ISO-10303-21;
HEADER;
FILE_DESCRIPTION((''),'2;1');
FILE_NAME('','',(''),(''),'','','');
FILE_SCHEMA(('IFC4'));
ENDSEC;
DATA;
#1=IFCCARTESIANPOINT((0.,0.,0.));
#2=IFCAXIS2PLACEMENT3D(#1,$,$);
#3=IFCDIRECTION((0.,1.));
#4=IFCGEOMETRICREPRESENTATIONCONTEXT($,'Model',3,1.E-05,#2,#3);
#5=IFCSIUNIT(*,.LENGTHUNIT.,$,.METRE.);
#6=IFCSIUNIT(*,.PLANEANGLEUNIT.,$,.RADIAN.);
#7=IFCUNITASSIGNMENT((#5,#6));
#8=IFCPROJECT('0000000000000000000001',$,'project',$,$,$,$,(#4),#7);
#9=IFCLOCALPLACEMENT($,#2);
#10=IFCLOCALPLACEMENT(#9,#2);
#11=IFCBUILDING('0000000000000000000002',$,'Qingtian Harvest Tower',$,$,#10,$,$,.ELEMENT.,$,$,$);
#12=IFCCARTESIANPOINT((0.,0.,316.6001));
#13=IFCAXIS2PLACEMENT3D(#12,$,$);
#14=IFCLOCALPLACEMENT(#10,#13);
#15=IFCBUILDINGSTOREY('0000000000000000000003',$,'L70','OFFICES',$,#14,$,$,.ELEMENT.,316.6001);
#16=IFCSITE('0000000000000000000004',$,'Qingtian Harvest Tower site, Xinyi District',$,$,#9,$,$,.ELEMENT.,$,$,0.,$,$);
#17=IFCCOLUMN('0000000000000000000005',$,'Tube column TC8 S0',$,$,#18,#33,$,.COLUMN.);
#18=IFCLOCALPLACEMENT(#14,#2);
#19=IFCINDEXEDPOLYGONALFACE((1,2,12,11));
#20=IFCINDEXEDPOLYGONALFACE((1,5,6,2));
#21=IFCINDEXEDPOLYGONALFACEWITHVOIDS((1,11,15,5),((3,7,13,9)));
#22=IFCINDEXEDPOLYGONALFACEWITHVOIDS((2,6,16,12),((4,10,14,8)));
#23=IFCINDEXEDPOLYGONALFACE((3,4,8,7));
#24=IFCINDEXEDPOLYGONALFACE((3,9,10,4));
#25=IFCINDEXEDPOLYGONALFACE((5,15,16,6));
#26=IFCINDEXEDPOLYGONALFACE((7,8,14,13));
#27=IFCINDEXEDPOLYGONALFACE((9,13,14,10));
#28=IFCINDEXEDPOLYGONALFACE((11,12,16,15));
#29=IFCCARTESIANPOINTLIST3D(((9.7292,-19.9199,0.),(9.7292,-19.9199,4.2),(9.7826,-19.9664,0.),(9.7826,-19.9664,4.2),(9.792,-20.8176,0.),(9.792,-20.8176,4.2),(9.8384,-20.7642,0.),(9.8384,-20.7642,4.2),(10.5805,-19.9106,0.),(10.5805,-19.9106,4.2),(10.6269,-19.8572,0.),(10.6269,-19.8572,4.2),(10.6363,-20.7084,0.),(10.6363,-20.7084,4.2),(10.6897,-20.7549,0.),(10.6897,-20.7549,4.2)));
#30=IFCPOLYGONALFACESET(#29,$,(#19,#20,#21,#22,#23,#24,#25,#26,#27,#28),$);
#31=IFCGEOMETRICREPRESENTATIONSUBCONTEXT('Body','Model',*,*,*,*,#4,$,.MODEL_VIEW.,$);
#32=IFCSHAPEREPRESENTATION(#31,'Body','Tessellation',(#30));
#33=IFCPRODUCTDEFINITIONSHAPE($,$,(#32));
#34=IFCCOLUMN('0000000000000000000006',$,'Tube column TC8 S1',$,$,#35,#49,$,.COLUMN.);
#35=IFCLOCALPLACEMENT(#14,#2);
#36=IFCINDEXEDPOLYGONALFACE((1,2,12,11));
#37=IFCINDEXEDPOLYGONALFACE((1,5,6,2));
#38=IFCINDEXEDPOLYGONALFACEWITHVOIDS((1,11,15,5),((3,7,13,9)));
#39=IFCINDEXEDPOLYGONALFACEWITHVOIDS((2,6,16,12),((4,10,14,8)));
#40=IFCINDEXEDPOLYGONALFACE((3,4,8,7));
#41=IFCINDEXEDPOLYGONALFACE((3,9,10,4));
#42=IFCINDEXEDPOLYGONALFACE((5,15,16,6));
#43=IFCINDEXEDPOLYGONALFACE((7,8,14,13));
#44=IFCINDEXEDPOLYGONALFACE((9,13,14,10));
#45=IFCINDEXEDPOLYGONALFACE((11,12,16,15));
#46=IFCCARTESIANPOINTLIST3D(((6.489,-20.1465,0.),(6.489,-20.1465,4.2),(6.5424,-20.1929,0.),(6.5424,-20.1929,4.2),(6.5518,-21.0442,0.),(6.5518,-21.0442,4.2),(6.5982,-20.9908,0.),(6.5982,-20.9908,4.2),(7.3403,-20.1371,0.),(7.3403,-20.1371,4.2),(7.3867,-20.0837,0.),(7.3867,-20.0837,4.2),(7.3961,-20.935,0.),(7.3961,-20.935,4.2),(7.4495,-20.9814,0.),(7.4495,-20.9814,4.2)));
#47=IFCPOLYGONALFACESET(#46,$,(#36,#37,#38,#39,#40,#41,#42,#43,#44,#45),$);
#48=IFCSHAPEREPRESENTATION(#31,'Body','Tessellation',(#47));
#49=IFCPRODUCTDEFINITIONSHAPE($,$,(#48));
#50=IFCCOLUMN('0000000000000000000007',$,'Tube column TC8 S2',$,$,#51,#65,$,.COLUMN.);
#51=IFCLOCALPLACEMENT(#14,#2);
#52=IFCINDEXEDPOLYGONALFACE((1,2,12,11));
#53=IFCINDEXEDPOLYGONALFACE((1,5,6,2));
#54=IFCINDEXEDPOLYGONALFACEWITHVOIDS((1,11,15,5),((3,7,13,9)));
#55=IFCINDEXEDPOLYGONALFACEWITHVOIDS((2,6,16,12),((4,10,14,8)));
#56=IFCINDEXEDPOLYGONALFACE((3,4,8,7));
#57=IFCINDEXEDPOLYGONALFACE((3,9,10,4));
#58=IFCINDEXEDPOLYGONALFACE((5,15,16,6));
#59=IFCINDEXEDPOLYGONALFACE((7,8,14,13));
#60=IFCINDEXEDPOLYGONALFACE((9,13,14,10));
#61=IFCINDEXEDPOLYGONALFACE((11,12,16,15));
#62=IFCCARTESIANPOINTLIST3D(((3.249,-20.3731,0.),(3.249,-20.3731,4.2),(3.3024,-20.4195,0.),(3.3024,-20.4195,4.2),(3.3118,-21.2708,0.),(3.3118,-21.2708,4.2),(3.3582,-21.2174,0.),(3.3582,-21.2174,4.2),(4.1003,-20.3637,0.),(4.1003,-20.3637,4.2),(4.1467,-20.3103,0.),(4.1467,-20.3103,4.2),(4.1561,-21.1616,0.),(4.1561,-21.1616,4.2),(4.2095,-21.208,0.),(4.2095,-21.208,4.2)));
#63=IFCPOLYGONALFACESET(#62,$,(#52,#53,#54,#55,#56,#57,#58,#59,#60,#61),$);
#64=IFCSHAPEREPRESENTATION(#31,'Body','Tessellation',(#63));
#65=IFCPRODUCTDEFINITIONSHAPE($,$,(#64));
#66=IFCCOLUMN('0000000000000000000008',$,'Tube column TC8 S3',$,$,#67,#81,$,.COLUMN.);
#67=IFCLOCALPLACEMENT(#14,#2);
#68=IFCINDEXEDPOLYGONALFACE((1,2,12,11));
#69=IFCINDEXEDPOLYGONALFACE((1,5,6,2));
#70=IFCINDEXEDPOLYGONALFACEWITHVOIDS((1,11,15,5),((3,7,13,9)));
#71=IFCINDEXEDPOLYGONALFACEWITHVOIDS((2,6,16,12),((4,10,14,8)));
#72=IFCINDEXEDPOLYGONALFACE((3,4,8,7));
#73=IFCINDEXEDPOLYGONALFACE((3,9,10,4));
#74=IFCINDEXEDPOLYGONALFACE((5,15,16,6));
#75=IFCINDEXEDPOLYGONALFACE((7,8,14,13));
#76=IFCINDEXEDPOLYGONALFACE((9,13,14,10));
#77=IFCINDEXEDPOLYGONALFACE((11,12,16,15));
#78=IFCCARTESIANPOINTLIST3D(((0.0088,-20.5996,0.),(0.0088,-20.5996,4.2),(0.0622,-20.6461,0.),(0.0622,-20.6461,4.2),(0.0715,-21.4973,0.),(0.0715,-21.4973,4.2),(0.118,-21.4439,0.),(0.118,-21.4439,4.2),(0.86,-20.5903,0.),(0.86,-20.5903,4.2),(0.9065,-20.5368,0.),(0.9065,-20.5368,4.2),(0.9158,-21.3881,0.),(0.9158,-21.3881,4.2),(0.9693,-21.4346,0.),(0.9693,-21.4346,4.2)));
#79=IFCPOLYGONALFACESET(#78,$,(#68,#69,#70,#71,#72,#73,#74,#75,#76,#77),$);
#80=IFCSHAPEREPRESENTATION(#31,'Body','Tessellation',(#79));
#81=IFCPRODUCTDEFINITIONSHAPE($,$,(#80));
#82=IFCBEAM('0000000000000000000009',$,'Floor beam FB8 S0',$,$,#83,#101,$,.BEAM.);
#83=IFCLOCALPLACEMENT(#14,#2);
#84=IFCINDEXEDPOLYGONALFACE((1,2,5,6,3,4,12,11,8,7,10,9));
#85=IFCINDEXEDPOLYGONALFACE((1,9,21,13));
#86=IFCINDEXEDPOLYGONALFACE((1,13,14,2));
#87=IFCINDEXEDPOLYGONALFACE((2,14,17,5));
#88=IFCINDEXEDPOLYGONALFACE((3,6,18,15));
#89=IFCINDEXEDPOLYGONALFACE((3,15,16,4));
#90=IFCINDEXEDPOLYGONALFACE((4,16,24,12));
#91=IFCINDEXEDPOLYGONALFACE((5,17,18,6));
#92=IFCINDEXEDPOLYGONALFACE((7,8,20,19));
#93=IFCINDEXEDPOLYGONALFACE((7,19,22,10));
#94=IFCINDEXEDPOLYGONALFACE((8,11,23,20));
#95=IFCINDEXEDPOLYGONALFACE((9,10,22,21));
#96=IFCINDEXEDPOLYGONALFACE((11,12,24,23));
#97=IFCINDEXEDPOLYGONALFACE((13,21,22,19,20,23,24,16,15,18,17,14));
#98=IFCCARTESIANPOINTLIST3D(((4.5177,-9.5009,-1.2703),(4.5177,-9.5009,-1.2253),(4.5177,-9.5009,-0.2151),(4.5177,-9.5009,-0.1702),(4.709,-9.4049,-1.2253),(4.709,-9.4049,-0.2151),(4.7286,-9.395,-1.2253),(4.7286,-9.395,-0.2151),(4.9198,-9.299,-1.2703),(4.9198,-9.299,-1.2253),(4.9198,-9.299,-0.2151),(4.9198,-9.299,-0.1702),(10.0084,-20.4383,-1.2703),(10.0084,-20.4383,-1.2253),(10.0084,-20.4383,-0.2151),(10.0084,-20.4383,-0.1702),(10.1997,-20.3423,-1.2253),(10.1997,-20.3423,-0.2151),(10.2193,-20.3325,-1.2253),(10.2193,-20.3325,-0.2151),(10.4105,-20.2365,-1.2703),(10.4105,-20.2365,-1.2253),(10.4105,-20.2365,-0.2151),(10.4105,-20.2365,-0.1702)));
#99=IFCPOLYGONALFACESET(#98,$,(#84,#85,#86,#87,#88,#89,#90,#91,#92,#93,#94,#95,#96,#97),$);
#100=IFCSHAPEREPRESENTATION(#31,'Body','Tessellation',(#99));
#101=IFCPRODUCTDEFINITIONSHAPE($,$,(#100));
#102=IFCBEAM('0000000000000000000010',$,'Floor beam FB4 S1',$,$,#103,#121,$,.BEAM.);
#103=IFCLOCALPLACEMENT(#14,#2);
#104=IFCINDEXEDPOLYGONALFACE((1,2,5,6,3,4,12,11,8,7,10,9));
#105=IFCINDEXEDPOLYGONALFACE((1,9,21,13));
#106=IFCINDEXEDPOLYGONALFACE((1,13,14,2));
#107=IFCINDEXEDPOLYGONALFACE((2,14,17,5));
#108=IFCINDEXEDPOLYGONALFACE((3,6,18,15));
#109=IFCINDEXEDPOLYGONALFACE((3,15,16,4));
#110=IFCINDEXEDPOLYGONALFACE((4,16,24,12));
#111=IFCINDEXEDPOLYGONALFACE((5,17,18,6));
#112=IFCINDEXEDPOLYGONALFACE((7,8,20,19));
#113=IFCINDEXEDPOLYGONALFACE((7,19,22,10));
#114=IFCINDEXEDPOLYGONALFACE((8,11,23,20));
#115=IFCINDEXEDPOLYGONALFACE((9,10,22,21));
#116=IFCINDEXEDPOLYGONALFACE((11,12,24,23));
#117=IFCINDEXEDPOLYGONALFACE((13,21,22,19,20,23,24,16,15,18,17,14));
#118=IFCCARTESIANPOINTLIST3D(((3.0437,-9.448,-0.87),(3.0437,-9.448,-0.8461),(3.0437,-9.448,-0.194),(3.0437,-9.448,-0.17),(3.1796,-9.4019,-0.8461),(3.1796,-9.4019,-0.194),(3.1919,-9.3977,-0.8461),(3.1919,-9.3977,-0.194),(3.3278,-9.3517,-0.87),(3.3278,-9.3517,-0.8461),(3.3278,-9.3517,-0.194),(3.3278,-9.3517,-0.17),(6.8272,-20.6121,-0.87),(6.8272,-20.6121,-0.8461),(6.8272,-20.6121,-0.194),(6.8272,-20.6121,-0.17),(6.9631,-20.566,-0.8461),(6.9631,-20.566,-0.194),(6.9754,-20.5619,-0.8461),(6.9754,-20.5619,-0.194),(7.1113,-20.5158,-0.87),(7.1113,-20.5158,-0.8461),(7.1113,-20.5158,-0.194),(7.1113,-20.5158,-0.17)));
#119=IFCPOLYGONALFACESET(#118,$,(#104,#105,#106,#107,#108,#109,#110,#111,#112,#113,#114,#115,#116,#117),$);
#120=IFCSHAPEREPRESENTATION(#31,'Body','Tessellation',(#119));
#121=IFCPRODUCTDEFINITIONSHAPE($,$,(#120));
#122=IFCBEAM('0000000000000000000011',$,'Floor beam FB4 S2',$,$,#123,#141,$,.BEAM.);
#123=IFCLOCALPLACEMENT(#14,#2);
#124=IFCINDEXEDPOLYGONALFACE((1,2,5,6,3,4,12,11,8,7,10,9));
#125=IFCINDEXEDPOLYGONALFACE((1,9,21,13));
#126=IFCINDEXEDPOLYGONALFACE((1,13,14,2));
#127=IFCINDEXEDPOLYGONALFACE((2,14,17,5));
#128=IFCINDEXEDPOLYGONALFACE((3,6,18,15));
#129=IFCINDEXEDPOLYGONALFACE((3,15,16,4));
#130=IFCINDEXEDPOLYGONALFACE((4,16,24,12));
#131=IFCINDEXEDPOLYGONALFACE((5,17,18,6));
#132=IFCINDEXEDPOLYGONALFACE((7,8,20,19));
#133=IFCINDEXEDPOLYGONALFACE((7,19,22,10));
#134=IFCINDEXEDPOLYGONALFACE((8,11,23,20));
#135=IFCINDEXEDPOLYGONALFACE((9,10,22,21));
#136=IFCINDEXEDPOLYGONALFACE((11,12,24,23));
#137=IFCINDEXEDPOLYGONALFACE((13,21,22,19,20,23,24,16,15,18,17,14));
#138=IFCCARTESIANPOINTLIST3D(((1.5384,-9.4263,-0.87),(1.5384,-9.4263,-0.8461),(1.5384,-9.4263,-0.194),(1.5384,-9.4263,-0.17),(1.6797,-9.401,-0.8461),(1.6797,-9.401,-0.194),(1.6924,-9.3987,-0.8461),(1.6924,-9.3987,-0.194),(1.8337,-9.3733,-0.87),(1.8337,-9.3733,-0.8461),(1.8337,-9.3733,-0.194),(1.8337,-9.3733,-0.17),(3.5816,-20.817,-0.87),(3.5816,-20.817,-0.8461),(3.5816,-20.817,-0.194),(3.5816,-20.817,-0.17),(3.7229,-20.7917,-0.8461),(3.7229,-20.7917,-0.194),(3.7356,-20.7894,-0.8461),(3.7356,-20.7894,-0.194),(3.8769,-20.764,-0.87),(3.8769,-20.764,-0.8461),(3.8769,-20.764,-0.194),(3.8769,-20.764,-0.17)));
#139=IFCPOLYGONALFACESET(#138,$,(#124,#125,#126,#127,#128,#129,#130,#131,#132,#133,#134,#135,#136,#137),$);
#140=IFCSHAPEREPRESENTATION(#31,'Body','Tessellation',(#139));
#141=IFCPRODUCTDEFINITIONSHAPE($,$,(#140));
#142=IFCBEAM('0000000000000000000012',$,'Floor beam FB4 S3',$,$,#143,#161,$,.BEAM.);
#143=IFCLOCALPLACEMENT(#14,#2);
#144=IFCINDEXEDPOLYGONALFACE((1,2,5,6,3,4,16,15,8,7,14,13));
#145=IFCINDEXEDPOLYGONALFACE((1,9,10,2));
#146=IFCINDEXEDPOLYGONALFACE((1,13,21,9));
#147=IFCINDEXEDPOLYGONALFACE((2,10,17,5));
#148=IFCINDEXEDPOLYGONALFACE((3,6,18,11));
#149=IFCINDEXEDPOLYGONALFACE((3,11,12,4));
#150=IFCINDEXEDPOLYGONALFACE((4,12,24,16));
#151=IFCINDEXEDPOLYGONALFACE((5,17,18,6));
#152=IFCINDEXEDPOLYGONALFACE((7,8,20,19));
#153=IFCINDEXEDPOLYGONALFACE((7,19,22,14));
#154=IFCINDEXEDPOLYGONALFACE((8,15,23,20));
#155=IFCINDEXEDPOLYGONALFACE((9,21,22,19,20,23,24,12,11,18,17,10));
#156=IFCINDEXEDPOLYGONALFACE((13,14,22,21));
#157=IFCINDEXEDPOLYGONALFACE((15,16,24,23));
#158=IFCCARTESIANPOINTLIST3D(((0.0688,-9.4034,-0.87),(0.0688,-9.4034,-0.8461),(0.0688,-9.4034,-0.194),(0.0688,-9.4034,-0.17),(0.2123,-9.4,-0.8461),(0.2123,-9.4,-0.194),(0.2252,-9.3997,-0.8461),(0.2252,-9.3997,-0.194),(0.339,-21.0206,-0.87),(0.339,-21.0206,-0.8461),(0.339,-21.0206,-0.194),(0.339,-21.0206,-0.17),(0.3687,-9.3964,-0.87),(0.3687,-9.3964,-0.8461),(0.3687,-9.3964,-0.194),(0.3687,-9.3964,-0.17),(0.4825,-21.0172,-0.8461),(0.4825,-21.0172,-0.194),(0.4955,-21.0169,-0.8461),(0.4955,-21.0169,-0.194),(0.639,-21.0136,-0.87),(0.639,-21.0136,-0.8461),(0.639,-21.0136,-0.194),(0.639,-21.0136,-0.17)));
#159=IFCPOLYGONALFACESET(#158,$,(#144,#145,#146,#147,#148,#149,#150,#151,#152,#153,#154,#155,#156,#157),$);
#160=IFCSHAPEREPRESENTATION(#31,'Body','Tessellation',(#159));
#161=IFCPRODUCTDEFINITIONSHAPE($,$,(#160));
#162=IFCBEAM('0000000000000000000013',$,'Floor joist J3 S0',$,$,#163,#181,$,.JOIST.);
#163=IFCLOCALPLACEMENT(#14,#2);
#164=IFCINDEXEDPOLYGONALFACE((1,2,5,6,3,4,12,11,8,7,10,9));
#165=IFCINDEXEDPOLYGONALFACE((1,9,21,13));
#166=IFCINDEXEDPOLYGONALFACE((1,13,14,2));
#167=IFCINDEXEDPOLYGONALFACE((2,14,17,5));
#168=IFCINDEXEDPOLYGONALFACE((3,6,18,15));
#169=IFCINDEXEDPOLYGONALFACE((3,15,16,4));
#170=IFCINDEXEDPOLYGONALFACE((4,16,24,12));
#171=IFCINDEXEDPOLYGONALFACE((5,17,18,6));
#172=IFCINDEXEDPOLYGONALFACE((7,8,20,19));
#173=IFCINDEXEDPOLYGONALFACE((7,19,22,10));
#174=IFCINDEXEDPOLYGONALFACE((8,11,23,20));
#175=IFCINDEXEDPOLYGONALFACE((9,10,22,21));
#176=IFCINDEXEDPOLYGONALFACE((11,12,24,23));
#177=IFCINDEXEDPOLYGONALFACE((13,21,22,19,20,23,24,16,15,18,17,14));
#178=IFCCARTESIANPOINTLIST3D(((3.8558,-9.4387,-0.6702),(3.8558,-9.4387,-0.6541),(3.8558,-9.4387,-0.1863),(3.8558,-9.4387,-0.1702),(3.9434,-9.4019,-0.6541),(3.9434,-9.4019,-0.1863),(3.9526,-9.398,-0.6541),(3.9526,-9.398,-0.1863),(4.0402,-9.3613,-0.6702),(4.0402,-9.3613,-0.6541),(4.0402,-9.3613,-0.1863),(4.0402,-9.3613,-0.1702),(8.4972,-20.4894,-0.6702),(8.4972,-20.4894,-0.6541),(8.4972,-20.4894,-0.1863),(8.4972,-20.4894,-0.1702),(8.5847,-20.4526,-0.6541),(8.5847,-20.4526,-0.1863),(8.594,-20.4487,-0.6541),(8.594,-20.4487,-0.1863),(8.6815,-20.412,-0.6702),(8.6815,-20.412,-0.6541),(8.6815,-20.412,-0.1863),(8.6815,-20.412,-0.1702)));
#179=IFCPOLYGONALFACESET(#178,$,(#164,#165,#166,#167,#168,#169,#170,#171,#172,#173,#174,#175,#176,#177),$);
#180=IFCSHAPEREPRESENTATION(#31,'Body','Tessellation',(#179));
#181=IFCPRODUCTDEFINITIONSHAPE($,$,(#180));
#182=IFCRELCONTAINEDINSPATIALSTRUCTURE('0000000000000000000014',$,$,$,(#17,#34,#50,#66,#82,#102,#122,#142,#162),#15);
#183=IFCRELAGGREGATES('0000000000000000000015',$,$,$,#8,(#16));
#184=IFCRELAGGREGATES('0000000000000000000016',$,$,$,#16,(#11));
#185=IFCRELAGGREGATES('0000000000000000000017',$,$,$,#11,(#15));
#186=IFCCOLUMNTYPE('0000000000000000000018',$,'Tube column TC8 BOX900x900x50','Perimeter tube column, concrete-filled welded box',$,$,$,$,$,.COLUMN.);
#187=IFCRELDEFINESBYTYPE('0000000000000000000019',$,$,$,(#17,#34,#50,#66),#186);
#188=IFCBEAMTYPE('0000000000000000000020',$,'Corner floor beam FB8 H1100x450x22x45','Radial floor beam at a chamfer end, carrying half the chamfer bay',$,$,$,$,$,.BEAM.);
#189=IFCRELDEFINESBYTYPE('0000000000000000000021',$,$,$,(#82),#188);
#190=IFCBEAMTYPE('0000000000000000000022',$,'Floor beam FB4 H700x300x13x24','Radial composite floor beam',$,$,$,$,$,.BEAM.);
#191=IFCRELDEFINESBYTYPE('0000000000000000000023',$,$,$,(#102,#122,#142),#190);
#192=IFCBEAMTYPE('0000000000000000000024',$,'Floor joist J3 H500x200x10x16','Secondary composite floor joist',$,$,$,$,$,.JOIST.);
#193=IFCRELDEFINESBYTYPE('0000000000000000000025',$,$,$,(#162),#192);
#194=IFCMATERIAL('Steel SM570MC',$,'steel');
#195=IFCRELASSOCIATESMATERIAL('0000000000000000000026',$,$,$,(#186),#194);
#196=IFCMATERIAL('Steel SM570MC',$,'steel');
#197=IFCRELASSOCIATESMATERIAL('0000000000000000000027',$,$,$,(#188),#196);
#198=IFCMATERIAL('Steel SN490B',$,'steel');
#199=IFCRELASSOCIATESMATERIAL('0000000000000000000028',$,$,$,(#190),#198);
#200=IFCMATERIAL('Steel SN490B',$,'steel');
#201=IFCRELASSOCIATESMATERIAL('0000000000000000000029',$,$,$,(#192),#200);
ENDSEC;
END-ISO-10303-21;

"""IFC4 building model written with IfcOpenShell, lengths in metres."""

from ifc_helpers import new_model, si_unit, direction, frame, origin, origin_2d, place, context, subcontext, project, spatial, hollow_rectangle, i_section, extrude, material, material_profile, profile_set, type_object, element, save


model = new_model("IFC4")

# Units and contexts
model_context = context("Model", 3, precision=1e-05, world=origin(), true_north=direction((0.0, 1.0)))
body_context = subcontext(model_context, "Body", "Model", "MODEL_VIEW")
ifc_project = project(units=[si_unit("LENGTHUNIT", "METRE"), si_unit("PLANEANGLEUNIT", "RADIAN")], contexts=[model_context])

# Site, building, storey
site_placement = place(None, origin())
site = spatial("IfcSite", under=ifc_project, at=site_placement, Name="Qingtian Harvest Tower site, Xinyi District", CompositionType="ELEMENT", RefElevation=0.0)
building_placement = place(site_placement, origin())
building = spatial("IfcBuilding", under=site, at=building_placement, Name="Qingtian Harvest Tower", CompositionType="ELEMENT")
storey_placement = place(building_placement, frame((0.0, 0.0, 316.6001)))
storey = spatial("IfcBuildingStorey", under=building, at=storey_placement, Name="L70", Description="OFFICES", CompositionType="ELEMENT", Elevation=316.6001)

# Columns
ifc_material_1 = material(Name="Steel SM570MC", Category="steel")
ifc_material_profile_1 = material_profile(ifc_material_1, hollow_rectangle(XDim=0.8999, YDim=0.8999, WallThickness=0.05, at=origin_2d()), Name="BOX900x900x50")
ifc_profile_set_1 = profile_set([ifc_material_profile_1], Name="Steel SM570MC")
column_type = type_object("IfcColumnType", Name="Tube column TC8 BOX900x900x50", Description="Perimeter tube column, concrete-filled welded box", PredefinedType="COLUMN", material=ifc_profile_set_1)
for number, where, z_axis, x_axis, name in (
    (1, (10.2095, -20.3374, 0.0), (0.0, 0.0, 1.0), (0.997564, 0.069756, 0.0), "Tube column TC8 S0"),
    (2, (6.9692, -20.564, 0.0), (0.0, 0.0, 1.0), (0.997564, 0.069756, 0.0), "Tube column TC8 S1"),
    (3, (3.7292, -20.7905, 0.0), (0.0, 0.0, 1.0), (0.997564, 0.069756, 0.0), "Tube column TC8 S2"),
    (4, (0.489, -21.0171, 0.0), (0.0, 0.0, 1.0), (0.997564, 0.069756, 0.0), "Tube column TC8 S3"),
):
    element("IfcColumn", number, at=place(storey_placement, frame(where, z_axis=z_axis, x_axis=x_axis)), inside=storey, type_object=column_type, Name=name, PredefinedType="COLUMN", context=body_context, shape_type="SweptSolid", body=[
        extrude(hollow_rectangle(XDim=0.8999, YDim=0.8999, WallThickness=0.05, at=origin_2d()), origin(), (0.0, 0.0, 1.0), 4.2),
    ])

# Beams
ifc_material_2 = material(Name="Steel SM570MC", Category="steel")
ifc_material_profile_2 = material_profile(ifc_material_2, i_section(OverallWidth=0.45, OverallDepth=1.1001, WebThickness=0.022, FlangeThickness=0.0449, at=origin_2d()), Name="H1100x450x22x45")
ifc_profile_set_2 = profile_set([ifc_material_profile_2], Name="Steel SM570MC")
beam_type_1 = type_object("IfcBeamType", Name="Corner floor beam FB8 H1100x450x22x45", Description="Radial floor beam at a chamfer end, carrying half the chamfer bay", PredefinedType="BEAM", material=ifc_profile_set_2)
beam_1_placement = place(storey_placement, frame((10.2095, -20.3374, -0.7202), z_axis=(-0.448649, 0.893708, 0.0), x_axis=(-0.893708, -0.448649, 0.0)))
element("IfcBeam", 5, at=beam_1_placement, inside=storey, type_object=beam_type_1, Name="Floor beam FB8 S0", PredefinedType="BEAM", context=body_context, shape_type="SweptSolid", body=[
    extrude(i_section(OverallWidth=0.45, OverallDepth=1.1001, WebThickness=0.022, FlangeThickness=0.0449, at=origin_2d()), origin(), (0.0, 0.0, 1.0), 12.2383),
])
ifc_material_3 = material(Name="Steel SN490B", Category="steel")
ifc_material_profile_3 = material_profile(ifc_material_3, i_section(OverallWidth=0.3, OverallDepth=0.7, WebThickness=0.0129, FlangeThickness=0.0239, at=origin_2d()), Name="H700x300x13x24")
ifc_profile_set_3 = profile_set([ifc_material_profile_3], Name="Steel SN490B")
beam_type_2 = type_object("IfcBeamType", Name="Floor beam FB4 H700x300x13x24", Description="Radial composite floor beam", PredefinedType="BEAM", material=ifc_profile_set_3)
beam_2_placement = place(storey_placement, frame((6.9692, -20.564, -0.52), z_axis=(-0.320965, 0.947091, 0.0), x_axis=(-0.947091, -0.320965, 0.0)))
element("IfcBeam", 6, at=beam_2_placement, inside=storey, type_object=beam_type_2, Name="Floor beam FB4 S1", PredefinedType="BEAM", context=body_context, shape_type="SweptSolid", body=[
    extrude(i_section(OverallWidth=0.3, OverallDepth=0.7, WebThickness=0.0129, FlangeThickness=0.0239, at=origin_2d()), origin(), (0.0, 0.0, 1.0), 11.7878),
])
beam_3_placement = place(storey_placement, frame((3.7292, -20.7905, -0.52), z_axis=(-0.176559, 0.98429, 0.0), x_axis=(-0.98429, -0.176559, 0.0)))
element("IfcBeam", 7, at=beam_3_placement, inside=storey, type_object=beam_type_2, Name="Floor beam FB4 S2", PredefinedType="BEAM", context=body_context, shape_type="SweptSolid", body=[
    extrude(i_section(OverallWidth=0.3, OverallDepth=0.7, WebThickness=0.0129, FlangeThickness=0.0239, at=origin_2d()), origin(), (0.0, 0.0, 1.0), 11.5725),
])
beam_4_placement = place(storey_placement, frame((0.489, -21.0171, -0.52), z_axis=(-0.023258, 0.99973, 0.0), x_axis=(-0.99973, -0.023258, 0.0)))
element("IfcBeam", 8, at=beam_4_placement, inside=storey, type_object=beam_type_2, Name="Floor beam FB4 S3", PredefinedType="BEAM", context=body_context, shape_type="SweptSolid", body=[
    extrude(i_section(OverallWidth=0.3, OverallDepth=0.7, WebThickness=0.0129, FlangeThickness=0.0239, at=origin_2d()), origin(), (0.0, 0.0, 1.0), 11.6204),
])
ifc_material_4 = material(Name="Steel SN490B", Category="steel")
ifc_material_profile_4 = material_profile(ifc_material_4, i_section(OverallWidth=0.2, OverallDepth=0.5, WebThickness=0.01, FlangeThickness=0.0161, at=origin_2d()), Name="H500x200x10x16")
ifc_profile_set_4 = profile_set([ifc_material_profile_4], Name="Steel SN490B")
beam_type_3 = type_object("IfcBeamType", Name="Floor joist J3 H500x200x10x16", Description="Secondary composite floor joist", PredefinedType="JOIST", material=ifc_profile_set_4)
beam_5_placement = place(storey_placement, frame((8.5894, -20.4507, -0.4202), z_axis=(-0.387235, 0.921981, 0.0), x_axis=(-0.921981, -0.387235, 0.0)))
element("IfcBeam", 9, at=beam_5_placement, inside=storey, type_object=beam_type_3, Name="Floor joist J3 S0", PredefinedType="JOIST", context=body_context, shape_type="SweptSolid", body=[
    extrude(i_section(OverallWidth=0.2, OverallDepth=0.5, WebThickness=0.01, FlangeThickness=0.0161, at=origin_2d()), origin(), (0.0, 0.0, 1.0), 11.9858),
])

save(model, "model.ifc")
